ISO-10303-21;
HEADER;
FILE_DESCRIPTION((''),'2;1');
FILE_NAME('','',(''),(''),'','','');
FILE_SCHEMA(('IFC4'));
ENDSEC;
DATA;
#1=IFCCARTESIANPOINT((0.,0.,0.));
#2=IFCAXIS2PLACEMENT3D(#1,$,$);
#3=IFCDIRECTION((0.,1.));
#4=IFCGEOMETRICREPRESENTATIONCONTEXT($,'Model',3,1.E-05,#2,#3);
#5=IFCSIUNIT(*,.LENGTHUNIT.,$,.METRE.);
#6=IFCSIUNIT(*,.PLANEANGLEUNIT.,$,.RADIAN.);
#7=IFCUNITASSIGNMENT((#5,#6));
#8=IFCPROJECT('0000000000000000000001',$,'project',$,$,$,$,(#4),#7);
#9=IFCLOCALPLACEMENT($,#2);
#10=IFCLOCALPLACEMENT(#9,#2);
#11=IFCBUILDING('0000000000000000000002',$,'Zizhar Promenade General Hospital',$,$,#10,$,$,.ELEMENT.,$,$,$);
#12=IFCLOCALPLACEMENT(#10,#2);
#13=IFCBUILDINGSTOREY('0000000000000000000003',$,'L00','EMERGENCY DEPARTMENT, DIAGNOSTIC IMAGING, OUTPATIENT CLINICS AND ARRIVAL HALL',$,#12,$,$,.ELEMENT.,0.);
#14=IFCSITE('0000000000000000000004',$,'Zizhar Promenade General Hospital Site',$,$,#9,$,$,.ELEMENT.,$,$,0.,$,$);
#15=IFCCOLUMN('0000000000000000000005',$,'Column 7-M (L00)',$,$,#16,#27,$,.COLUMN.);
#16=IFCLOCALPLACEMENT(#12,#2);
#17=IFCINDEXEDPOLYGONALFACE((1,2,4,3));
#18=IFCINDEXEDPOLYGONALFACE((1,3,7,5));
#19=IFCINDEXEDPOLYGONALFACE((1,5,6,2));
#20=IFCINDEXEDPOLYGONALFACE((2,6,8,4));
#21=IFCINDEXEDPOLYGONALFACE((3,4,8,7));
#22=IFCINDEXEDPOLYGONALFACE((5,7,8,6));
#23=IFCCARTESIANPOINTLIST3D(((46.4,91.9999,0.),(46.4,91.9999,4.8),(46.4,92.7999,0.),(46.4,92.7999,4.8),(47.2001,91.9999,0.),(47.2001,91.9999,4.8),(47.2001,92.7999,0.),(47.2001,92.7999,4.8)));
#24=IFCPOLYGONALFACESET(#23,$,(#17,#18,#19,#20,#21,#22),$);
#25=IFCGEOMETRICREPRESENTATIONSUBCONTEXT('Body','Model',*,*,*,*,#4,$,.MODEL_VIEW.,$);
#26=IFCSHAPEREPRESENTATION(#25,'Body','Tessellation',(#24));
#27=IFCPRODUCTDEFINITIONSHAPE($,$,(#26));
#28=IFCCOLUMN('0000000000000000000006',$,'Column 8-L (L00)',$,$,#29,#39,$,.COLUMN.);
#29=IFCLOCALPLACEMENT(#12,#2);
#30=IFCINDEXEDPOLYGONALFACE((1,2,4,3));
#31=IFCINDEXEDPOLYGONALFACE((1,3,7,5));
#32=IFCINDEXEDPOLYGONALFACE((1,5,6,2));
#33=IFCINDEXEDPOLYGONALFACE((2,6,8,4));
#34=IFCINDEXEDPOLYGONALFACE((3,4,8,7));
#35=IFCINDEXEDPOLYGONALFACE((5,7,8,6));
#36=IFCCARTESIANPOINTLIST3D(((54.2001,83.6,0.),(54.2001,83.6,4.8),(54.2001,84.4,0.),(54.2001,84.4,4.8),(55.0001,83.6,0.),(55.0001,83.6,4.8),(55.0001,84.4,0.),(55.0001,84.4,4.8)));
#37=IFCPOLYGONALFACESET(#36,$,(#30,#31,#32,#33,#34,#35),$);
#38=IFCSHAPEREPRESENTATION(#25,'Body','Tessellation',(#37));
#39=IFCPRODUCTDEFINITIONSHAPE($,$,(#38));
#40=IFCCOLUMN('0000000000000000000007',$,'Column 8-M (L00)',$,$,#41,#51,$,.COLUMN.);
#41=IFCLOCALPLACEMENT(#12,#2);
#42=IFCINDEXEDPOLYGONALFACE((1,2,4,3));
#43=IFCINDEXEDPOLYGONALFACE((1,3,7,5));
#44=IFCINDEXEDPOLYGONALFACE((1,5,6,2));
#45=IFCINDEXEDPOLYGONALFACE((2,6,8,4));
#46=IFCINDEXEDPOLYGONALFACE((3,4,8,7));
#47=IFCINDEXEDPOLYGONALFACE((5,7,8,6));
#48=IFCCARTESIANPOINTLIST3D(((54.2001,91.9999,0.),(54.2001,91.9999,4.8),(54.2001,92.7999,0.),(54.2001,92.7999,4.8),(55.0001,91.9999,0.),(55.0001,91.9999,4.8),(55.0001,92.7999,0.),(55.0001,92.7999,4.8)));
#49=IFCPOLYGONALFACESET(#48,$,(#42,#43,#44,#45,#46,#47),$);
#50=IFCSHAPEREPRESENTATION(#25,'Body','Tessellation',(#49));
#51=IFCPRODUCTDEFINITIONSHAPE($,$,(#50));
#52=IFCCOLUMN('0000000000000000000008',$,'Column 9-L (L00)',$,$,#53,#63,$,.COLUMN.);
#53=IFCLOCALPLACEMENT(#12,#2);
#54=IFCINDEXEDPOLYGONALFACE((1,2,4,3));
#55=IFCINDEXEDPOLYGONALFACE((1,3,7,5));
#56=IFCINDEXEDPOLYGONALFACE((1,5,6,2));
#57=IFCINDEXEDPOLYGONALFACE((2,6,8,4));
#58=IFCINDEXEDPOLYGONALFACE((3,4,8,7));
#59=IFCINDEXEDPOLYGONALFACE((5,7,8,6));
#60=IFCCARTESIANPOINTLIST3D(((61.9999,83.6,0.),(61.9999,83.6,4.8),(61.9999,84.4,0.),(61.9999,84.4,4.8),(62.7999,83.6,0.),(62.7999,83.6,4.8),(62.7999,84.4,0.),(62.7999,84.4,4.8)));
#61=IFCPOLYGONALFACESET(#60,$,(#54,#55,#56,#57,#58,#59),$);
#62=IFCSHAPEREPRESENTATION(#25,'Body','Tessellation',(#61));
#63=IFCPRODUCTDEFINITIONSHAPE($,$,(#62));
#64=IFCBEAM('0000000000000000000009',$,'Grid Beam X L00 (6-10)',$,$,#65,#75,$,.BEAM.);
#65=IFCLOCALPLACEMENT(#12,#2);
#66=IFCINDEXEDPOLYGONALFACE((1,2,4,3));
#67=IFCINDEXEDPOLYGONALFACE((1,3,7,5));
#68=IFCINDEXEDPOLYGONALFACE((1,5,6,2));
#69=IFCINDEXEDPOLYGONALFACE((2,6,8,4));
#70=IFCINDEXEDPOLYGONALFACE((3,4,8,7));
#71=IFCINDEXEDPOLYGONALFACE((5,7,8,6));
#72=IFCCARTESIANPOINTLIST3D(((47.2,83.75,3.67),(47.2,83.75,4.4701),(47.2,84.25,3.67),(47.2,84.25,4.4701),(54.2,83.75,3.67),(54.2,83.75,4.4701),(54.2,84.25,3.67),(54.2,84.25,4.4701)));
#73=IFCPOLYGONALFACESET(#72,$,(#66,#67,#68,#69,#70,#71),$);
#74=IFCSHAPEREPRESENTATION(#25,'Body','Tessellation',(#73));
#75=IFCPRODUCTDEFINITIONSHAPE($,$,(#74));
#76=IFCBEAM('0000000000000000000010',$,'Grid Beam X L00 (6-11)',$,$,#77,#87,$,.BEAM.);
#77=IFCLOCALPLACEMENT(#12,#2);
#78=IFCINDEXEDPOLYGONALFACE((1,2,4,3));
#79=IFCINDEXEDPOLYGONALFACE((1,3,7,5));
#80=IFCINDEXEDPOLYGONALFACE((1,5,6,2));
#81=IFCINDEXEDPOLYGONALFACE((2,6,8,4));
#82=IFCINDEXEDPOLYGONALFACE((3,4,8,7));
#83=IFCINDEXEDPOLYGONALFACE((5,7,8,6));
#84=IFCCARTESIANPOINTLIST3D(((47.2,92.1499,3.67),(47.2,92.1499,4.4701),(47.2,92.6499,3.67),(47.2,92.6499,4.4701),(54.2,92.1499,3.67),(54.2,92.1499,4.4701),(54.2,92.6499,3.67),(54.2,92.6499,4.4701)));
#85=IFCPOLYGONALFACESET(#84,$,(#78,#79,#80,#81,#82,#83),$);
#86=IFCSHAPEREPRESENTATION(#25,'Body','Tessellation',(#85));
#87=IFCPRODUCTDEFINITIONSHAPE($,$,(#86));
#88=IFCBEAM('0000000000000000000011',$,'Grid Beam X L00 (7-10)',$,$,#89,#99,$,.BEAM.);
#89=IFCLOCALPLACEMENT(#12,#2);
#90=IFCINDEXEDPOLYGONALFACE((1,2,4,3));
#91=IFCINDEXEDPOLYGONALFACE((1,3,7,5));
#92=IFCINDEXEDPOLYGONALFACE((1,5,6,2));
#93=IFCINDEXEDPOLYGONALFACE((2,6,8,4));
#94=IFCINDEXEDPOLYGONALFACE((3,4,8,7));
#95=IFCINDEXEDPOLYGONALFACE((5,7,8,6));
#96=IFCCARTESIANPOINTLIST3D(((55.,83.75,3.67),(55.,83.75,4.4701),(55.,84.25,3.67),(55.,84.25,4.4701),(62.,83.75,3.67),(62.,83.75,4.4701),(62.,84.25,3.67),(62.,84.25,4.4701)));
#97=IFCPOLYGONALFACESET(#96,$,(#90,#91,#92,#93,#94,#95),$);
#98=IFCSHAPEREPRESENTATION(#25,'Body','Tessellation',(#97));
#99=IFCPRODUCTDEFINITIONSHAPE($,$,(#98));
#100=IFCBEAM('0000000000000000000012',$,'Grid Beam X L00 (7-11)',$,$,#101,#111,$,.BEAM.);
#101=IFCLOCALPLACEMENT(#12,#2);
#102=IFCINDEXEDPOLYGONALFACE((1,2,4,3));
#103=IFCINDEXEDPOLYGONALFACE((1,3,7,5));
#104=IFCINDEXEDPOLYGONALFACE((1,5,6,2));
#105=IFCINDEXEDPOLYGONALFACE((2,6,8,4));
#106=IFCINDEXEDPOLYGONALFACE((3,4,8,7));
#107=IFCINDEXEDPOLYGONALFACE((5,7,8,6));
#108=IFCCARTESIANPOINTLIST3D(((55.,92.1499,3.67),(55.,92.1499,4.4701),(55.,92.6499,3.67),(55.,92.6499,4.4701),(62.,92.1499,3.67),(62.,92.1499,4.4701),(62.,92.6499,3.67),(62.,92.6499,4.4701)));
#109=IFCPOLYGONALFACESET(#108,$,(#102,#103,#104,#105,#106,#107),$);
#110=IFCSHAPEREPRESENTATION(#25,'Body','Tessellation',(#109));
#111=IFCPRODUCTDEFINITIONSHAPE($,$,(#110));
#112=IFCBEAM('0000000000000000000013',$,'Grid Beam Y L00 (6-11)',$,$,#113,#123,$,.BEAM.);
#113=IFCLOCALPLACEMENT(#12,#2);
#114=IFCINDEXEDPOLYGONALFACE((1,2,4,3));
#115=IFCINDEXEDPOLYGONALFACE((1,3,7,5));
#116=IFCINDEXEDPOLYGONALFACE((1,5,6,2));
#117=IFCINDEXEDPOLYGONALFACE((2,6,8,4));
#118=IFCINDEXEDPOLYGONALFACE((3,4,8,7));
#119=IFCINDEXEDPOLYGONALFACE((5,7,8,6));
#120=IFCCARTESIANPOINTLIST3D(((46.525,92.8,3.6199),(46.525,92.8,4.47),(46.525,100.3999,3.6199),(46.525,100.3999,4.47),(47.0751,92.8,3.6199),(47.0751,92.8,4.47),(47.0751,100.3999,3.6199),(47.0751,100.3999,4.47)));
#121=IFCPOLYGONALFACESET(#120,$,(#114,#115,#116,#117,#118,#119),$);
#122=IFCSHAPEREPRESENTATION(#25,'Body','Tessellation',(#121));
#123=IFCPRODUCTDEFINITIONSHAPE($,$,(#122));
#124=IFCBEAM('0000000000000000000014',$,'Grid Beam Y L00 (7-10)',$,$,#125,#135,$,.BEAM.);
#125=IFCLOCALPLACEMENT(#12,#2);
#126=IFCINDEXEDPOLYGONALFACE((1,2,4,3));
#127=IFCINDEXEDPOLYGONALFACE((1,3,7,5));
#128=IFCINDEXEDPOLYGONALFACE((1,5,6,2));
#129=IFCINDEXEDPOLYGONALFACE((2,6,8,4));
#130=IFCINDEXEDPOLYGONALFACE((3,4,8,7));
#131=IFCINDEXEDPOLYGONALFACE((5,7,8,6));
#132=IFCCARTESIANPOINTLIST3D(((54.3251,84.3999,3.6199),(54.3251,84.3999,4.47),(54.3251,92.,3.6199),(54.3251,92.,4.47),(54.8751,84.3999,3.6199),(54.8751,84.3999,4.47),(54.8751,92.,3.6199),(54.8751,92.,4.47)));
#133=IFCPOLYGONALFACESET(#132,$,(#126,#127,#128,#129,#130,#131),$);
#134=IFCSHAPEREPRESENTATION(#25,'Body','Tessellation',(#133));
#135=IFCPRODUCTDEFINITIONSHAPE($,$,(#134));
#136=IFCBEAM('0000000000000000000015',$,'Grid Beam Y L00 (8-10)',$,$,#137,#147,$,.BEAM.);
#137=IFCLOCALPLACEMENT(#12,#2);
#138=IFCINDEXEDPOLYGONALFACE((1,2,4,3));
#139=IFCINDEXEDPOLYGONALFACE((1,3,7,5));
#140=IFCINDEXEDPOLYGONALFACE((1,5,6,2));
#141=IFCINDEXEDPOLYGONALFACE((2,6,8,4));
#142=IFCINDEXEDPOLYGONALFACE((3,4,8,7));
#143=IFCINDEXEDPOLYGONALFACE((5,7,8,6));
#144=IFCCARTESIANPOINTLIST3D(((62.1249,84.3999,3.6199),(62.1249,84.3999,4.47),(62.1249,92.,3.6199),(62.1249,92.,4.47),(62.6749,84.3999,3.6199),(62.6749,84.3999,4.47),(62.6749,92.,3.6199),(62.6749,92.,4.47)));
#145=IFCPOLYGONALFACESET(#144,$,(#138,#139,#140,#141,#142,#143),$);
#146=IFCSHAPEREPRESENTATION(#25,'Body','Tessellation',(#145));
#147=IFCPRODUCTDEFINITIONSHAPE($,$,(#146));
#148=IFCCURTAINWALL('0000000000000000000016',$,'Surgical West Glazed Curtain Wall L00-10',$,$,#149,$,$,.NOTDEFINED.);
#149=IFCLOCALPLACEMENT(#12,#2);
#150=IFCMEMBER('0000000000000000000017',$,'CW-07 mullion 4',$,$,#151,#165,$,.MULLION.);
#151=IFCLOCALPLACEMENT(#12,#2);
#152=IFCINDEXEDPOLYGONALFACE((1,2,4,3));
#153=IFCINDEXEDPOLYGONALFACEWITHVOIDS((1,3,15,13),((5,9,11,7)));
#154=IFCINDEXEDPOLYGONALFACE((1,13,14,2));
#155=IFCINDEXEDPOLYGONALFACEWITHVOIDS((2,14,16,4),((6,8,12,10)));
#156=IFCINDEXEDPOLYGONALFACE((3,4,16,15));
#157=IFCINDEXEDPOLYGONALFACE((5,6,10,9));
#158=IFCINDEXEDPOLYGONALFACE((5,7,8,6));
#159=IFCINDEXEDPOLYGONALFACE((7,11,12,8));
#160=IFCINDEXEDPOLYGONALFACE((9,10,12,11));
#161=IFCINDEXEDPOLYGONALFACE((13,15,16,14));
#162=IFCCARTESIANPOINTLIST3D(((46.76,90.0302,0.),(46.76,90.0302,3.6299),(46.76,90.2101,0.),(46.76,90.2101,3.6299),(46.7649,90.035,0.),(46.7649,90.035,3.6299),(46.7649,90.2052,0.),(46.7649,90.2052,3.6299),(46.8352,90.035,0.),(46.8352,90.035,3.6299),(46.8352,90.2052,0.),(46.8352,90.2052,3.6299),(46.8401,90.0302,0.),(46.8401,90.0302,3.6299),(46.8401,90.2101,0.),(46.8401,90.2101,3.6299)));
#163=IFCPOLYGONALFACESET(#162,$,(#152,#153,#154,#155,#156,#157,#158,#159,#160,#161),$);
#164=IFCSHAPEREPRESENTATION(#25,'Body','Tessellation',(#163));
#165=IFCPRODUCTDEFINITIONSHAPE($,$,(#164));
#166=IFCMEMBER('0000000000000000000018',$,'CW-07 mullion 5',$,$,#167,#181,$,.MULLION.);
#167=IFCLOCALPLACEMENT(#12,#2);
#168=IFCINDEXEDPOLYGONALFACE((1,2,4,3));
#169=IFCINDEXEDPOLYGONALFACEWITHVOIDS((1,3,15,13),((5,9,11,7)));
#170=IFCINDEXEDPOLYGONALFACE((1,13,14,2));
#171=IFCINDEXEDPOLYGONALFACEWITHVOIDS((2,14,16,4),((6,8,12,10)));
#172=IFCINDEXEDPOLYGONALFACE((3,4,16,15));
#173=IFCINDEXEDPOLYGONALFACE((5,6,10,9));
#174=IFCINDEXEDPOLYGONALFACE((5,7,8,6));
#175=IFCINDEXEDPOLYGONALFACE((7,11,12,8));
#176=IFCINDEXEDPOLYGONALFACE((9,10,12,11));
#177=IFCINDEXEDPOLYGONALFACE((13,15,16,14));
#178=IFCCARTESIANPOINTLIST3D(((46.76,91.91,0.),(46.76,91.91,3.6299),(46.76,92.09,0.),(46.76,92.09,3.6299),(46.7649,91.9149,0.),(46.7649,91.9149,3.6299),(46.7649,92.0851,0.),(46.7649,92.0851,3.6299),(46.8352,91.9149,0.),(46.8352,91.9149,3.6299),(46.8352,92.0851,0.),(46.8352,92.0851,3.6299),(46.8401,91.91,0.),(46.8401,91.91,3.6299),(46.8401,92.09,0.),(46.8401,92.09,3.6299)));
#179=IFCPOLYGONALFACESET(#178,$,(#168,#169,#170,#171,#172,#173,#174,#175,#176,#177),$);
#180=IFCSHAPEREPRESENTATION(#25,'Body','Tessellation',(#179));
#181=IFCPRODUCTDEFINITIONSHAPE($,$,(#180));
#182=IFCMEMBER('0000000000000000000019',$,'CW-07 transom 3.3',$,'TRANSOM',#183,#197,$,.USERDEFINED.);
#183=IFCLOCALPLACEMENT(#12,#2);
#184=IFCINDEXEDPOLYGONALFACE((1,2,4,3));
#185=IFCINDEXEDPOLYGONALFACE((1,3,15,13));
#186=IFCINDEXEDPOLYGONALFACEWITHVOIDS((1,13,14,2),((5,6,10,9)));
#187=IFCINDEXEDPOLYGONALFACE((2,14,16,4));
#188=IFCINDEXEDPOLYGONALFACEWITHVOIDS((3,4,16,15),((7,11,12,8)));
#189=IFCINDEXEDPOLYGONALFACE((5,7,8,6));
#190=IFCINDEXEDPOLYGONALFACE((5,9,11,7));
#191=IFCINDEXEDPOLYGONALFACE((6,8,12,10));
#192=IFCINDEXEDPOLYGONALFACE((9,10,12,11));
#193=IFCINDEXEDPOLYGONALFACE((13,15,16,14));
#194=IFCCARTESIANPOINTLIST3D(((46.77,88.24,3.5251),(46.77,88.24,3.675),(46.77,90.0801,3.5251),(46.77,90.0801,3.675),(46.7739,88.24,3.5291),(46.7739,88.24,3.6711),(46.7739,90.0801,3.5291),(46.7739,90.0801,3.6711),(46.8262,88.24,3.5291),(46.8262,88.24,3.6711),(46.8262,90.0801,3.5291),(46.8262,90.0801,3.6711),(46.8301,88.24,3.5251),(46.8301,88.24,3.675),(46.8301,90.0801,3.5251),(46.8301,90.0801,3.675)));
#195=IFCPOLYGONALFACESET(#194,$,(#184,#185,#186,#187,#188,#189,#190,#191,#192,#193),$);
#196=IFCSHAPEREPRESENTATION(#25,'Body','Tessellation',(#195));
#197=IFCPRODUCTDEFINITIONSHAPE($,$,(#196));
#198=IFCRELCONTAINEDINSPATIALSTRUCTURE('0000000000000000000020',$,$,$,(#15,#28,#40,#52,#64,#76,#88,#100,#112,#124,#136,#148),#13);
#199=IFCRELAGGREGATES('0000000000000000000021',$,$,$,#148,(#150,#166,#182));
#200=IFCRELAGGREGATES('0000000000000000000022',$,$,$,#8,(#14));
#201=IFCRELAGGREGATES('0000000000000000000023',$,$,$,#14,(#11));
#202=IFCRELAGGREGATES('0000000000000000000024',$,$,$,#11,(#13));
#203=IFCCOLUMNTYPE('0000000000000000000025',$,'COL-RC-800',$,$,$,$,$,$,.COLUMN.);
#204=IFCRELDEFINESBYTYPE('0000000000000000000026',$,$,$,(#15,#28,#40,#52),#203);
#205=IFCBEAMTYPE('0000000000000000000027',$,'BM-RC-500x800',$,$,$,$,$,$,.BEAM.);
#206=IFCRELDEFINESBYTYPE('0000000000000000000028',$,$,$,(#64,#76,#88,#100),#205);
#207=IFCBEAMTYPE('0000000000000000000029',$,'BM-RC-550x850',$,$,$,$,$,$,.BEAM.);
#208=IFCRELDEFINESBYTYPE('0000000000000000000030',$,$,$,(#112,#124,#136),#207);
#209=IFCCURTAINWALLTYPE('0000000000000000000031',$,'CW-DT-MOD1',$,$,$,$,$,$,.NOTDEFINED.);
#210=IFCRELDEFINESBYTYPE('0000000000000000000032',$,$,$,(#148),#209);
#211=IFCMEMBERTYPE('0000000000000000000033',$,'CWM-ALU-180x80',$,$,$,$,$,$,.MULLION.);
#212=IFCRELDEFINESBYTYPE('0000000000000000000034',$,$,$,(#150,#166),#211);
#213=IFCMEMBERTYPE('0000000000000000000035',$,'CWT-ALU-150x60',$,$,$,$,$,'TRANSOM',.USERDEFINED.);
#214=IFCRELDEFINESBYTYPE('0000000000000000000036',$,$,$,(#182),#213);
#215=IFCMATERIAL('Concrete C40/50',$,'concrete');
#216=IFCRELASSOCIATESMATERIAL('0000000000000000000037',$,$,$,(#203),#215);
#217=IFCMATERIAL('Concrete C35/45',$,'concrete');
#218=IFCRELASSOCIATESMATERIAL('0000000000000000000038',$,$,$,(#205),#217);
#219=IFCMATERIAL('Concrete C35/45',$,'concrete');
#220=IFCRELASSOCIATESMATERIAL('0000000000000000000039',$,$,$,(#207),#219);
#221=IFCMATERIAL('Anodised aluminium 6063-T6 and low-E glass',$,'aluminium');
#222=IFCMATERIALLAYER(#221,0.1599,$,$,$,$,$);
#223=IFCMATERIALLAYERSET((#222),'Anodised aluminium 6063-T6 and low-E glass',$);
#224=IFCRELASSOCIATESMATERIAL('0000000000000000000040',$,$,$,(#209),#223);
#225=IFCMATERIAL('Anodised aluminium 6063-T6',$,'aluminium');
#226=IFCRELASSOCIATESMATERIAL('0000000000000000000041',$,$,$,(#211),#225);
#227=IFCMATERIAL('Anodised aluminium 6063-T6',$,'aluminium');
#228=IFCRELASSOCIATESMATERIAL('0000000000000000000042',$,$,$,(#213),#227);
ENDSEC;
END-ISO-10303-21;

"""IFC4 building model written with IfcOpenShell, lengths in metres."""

from ifc_helpers import new_model, si_unit, direction, frame, origin, origin_2d, place, context, subcontext, project, spatial, rectangle, hollow_rectangle, extrude, material, layer, layer_set, material_profile, profile_set, type_object, element, aggregate, save


model = new_model("IFC4")

# Units and contexts
model_context = context("Model", 3, precision=1e-05, world=origin(), true_north=direction((0.0, 1.0)))
body_context = subcontext(model_context, "Body", "Model", "MODEL_VIEW")
ifc_project = project(units=[si_unit("LENGTHUNIT", "METRE"), si_unit("PLANEANGLEUNIT", "RADIAN")], contexts=[model_context])

# Site, building, storey
site_placement = place(None, origin())
site = spatial("IfcSite", under=ifc_project, at=site_placement, Name="Zizhar Promenade General Hospital Site", CompositionType="ELEMENT", RefElevation=0.0)
building_placement = place(site_placement, origin())
building = spatial("IfcBuilding", under=site, at=building_placement, Name="Zizhar Promenade General Hospital", CompositionType="ELEMENT")
storey_placement = place(building_placement, origin())
storey = spatial("IfcBuildingStorey", under=building, at=storey_placement, Name="L00", Description="EMERGENCY DEPARTMENT, DIAGNOSTIC IMAGING, OUTPATIENT CLINICS AND ARRIVAL HALL", CompositionType="ELEMENT", Elevation=0.0)

# Columns
ifc_material_1 = material(Name="Concrete C40/50", Category="concrete")
ifc_material_profile_1 = material_profile(ifc_material_1, rectangle(XDim=0.8, YDim=0.8, at=origin_2d()))
ifc_profile_set_1 = profile_set([ifc_material_profile_1], Name="Concrete C40/50")
column_type = type_object("IfcColumnType", Name="COL-RC-800", PredefinedType="COLUMN", material=ifc_profile_set_1)
for number, where, z_axis, x_axis, name in (
    (1, (46.8, 92.3999, 0.0), (0.0, 0.0, 1.0), (1.0, 0.0, 0.0), "Column 7-M (L00)"),
    (2, (54.6001, 84.0, 0.0), (0.0, 0.0, 1.0), (1.0, 0.0, 0.0), "Column 8-L (L00)"),
    (3, (54.6001, 92.3999, 0.0), (0.0, 0.0, 1.0), (1.0, 0.0, 0.0), "Column 8-M (L00)"),
    (4, (62.3999, 84.0, 0.0), (0.0, 0.0, 1.0), (1.0, 0.0, 0.0), "Column 9-L (L00)"),
):
    element("IfcColumn", number, at=place(storey_placement, frame(where, z_axis=z_axis, x_axis=x_axis)), inside=storey, type_object=column_type, Name=name, PredefinedType="COLUMN", context=body_context, shape_type="SweptSolid", body=[
        extrude(rectangle(XDim=0.8, YDim=0.8, at=origin_2d()), origin(), (0.0, 0.0, 1.0), 4.8),
    ])

# Beams
ifc_material_2 = material(Name="Concrete C35/45", Category="concrete")
ifc_material_profile_2 = material_profile(ifc_material_2, rectangle(XDim=0.5, YDim=0.8, at=origin_2d()))
ifc_profile_set_2 = profile_set([ifc_material_profile_2], Name="Concrete C35/45")
beam_type_1 = type_object("IfcBeamType", Name="BM-RC-500x800", PredefinedType="BEAM", material=ifc_profile_set_2)
for number, where, z_axis, x_axis, name in (
    (5, (47.2, 84.0, 4.0701), (1.0, 0.0, 0.0), (0.0, 1.0, 0.0), "Grid Beam X L00 (6-10)"),
    (6, (47.2, 92.3999, 4.0701), (1.0, 0.0, 0.0), (0.0, 1.0, 0.0), "Grid Beam X L00 (6-11)"),
    (7, (55.0, 84.0, 4.0701), (1.0, 0.0, 0.0), (0.0, 1.0, 0.0), "Grid Beam X L00 (7-10)"),
    (8, (55.0, 92.3999, 4.0701), (1.0, 0.0, 0.0), (0.0, 1.0, 0.0), "Grid Beam X L00 (7-11)"),
):
    element("IfcBeam", number, at=place(storey_placement, frame(where, z_axis=z_axis, x_axis=x_axis)), inside=storey, type_object=beam_type_1, Name=name, PredefinedType="BEAM", context=body_context, shape_type="SweptSolid", body=[
        extrude(rectangle(XDim=0.5, YDim=0.8, at=origin_2d()), origin(), (0.0, 0.0, 1.0), 7.0),
    ])
ifc_material_3 = material(Name="Concrete C35/45", Category="concrete")
ifc_material_profile_3 = material_profile(ifc_material_3, rectangle(XDim=0.55, YDim=0.8501, at=origin_2d()))
ifc_profile_set_3 = profile_set([ifc_material_profile_3], Name="Concrete C35/45")
beam_type_2 = type_object("IfcBeamType", Name="BM-RC-550x850", PredefinedType="BEAM", material=ifc_profile_set_3)
beam_placement = place(storey_placement, frame((46.8, 92.8, 4.0449), z_axis=(0.0, 1.0, 0.0), x_axis=(-1.0, 0.0, 0.0)))
element("IfcBeam", 9, at=beam_placement, inside=storey, type_object=beam_type_2, Name="Grid Beam Y L00 (6-11)", PredefinedType="BEAM", context=body_context, shape_type="SweptSolid", body=[
    extrude(rectangle(XDim=0.55, YDim=0.8501, at=origin_2d()), origin(), (0.0, 0.0, 1.0), 7.5999),
])
for number, where, z_axis, x_axis, name in (
    (10, (54.6001, 84.3999, 4.0449), (0.0, 1.0, 0.0), (-1.0, 0.0, 0.0), "Grid Beam Y L00 (7-10)"),
    (11, (62.3999, 84.3999, 4.0449), (0.0, 1.0, 0.0), (-1.0, 0.0, 0.0), "Grid Beam Y L00 (8-10)"),
):
    element("IfcBeam", number, at=place(storey_placement, frame(where, z_axis=z_axis, x_axis=x_axis)), inside=storey, type_object=beam_type_2, Name=name, PredefinedType="BEAM", context=body_context, shape_type="SweptSolid", body=[
        extrude(rectangle(XDim=0.55, YDim=0.8501, at=origin_2d()), origin(), (0.0, 0.0, 1.0), 7.6001),
    ])

# Curtain wall, members
ifc_material_4 = material(Name="Anodised aluminium 6063-T6 and low-E glass", Category="aluminium")
ifc_layer_1 = layer(ifc_material_4, 0.1599)
ifc_layer_set_1 = layer_set([ifc_layer_1], Name="Anodised aluminium 6063-T6 and low-E glass")
curtain_wall_type = type_object("IfcCurtainWallType", Name="CW-DT-MOD1", PredefinedType="NOTDEFINED", material=ifc_layer_set_1)
curtain_wall_placement = place(storey_placement, origin())
curtain_wall = element("IfcCurtainWall", 12, at=curtain_wall_placement, inside=storey, type_object=curtain_wall_type, Name="Surgical West Glazed Curtain Wall L00-10", PredefinedType="NOTDEFINED")
ifc_material_5 = material(Name="Anodised aluminium 6063-T6", Category="aluminium")
ifc_material_profile_4 = material_profile(ifc_material_5, hollow_rectangle(XDim=0.0801, YDim=0.1799, WallThickness=0.0049, at=origin_2d()))
ifc_profile_set_4 = profile_set([ifc_material_profile_4], Name="Anodised aluminium 6063-T6")
member_type_1 = type_object("IfcMemberType", Name="CWM-ALU-180x80", PredefinedType="MULLION", material=ifc_profile_set_4)
member_1_placement = place(storey_placement, frame((46.8, 90.1201, 0.0), z_axis=(0.0, 0.0, 1.0), x_axis=(-1.0, 0.0, 0.0)))
member_1 = element("IfcMember", 13, at=member_1_placement, type_object=member_type_1, Name="CW-07 mullion 4", PredefinedType="MULLION", context=body_context, shape_type="SweptSolid", body=[
    extrude(hollow_rectangle(XDim=0.0801, YDim=0.1799, WallThickness=0.0049, at=origin_2d()), origin(), (0.0, 0.0, 1.0), 3.6299),
])
member_2_placement = place(storey_placement, frame((46.8, 92.0, 0.0), z_axis=(0.0, 0.0, 1.0), x_axis=(-1.0, 0.0, 0.0)))
member_2 = element("IfcMember", 14, at=member_2_placement, type_object=member_type_1, Name="CW-07 mullion 5", PredefinedType="MULLION", context=body_context, shape_type="SweptSolid", body=[
    extrude(hollow_rectangle(XDim=0.0801, YDim=0.1799, WallThickness=0.0049, at=origin_2d()), origin(), (0.0, 0.0, 1.0), 3.6299),
])
ifc_material_6 = material(Name="Anodised aluminium 6063-T6", Category="aluminium")
ifc_material_profile_5 = material_profile(ifc_material_6, hollow_rectangle(XDim=0.0601, YDim=0.1499, WallThickness=0.0039, at=origin_2d()))
ifc_profile_set_5 = profile_set([ifc_material_profile_5], Name="Anodised aluminium 6063-T6")
member_type_2 = type_object("IfcMemberType", Name="CWT-ALU-150x60", ElementType="TRANSOM", PredefinedType="USERDEFINED", material=ifc_profile_set_5)
member_3_placement = place(storey_placement, frame((46.8, 88.24, 3.6001), z_axis=(0.0, 1.0, 0.0), x_axis=(-1.0, 0.0, 0.0)))
member_3 = element("IfcMember", 15, at=member_3_placement, type_object=member_type_2, Name="CW-07 transom 3.3", ObjectType="TRANSOM", PredefinedType="USERDEFINED", context=body_context, shape_type="SweptSolid", body=[
    extrude(hollow_rectangle(XDim=0.0601, YDim=0.1499, WallThickness=0.0039, at=origin_2d()), origin(), (0.0, 0.0, 1.0), 1.8401),
])
aggregate(curtain_wall, [member_1, member_2, member_3])

save(model, "model.ifc")
